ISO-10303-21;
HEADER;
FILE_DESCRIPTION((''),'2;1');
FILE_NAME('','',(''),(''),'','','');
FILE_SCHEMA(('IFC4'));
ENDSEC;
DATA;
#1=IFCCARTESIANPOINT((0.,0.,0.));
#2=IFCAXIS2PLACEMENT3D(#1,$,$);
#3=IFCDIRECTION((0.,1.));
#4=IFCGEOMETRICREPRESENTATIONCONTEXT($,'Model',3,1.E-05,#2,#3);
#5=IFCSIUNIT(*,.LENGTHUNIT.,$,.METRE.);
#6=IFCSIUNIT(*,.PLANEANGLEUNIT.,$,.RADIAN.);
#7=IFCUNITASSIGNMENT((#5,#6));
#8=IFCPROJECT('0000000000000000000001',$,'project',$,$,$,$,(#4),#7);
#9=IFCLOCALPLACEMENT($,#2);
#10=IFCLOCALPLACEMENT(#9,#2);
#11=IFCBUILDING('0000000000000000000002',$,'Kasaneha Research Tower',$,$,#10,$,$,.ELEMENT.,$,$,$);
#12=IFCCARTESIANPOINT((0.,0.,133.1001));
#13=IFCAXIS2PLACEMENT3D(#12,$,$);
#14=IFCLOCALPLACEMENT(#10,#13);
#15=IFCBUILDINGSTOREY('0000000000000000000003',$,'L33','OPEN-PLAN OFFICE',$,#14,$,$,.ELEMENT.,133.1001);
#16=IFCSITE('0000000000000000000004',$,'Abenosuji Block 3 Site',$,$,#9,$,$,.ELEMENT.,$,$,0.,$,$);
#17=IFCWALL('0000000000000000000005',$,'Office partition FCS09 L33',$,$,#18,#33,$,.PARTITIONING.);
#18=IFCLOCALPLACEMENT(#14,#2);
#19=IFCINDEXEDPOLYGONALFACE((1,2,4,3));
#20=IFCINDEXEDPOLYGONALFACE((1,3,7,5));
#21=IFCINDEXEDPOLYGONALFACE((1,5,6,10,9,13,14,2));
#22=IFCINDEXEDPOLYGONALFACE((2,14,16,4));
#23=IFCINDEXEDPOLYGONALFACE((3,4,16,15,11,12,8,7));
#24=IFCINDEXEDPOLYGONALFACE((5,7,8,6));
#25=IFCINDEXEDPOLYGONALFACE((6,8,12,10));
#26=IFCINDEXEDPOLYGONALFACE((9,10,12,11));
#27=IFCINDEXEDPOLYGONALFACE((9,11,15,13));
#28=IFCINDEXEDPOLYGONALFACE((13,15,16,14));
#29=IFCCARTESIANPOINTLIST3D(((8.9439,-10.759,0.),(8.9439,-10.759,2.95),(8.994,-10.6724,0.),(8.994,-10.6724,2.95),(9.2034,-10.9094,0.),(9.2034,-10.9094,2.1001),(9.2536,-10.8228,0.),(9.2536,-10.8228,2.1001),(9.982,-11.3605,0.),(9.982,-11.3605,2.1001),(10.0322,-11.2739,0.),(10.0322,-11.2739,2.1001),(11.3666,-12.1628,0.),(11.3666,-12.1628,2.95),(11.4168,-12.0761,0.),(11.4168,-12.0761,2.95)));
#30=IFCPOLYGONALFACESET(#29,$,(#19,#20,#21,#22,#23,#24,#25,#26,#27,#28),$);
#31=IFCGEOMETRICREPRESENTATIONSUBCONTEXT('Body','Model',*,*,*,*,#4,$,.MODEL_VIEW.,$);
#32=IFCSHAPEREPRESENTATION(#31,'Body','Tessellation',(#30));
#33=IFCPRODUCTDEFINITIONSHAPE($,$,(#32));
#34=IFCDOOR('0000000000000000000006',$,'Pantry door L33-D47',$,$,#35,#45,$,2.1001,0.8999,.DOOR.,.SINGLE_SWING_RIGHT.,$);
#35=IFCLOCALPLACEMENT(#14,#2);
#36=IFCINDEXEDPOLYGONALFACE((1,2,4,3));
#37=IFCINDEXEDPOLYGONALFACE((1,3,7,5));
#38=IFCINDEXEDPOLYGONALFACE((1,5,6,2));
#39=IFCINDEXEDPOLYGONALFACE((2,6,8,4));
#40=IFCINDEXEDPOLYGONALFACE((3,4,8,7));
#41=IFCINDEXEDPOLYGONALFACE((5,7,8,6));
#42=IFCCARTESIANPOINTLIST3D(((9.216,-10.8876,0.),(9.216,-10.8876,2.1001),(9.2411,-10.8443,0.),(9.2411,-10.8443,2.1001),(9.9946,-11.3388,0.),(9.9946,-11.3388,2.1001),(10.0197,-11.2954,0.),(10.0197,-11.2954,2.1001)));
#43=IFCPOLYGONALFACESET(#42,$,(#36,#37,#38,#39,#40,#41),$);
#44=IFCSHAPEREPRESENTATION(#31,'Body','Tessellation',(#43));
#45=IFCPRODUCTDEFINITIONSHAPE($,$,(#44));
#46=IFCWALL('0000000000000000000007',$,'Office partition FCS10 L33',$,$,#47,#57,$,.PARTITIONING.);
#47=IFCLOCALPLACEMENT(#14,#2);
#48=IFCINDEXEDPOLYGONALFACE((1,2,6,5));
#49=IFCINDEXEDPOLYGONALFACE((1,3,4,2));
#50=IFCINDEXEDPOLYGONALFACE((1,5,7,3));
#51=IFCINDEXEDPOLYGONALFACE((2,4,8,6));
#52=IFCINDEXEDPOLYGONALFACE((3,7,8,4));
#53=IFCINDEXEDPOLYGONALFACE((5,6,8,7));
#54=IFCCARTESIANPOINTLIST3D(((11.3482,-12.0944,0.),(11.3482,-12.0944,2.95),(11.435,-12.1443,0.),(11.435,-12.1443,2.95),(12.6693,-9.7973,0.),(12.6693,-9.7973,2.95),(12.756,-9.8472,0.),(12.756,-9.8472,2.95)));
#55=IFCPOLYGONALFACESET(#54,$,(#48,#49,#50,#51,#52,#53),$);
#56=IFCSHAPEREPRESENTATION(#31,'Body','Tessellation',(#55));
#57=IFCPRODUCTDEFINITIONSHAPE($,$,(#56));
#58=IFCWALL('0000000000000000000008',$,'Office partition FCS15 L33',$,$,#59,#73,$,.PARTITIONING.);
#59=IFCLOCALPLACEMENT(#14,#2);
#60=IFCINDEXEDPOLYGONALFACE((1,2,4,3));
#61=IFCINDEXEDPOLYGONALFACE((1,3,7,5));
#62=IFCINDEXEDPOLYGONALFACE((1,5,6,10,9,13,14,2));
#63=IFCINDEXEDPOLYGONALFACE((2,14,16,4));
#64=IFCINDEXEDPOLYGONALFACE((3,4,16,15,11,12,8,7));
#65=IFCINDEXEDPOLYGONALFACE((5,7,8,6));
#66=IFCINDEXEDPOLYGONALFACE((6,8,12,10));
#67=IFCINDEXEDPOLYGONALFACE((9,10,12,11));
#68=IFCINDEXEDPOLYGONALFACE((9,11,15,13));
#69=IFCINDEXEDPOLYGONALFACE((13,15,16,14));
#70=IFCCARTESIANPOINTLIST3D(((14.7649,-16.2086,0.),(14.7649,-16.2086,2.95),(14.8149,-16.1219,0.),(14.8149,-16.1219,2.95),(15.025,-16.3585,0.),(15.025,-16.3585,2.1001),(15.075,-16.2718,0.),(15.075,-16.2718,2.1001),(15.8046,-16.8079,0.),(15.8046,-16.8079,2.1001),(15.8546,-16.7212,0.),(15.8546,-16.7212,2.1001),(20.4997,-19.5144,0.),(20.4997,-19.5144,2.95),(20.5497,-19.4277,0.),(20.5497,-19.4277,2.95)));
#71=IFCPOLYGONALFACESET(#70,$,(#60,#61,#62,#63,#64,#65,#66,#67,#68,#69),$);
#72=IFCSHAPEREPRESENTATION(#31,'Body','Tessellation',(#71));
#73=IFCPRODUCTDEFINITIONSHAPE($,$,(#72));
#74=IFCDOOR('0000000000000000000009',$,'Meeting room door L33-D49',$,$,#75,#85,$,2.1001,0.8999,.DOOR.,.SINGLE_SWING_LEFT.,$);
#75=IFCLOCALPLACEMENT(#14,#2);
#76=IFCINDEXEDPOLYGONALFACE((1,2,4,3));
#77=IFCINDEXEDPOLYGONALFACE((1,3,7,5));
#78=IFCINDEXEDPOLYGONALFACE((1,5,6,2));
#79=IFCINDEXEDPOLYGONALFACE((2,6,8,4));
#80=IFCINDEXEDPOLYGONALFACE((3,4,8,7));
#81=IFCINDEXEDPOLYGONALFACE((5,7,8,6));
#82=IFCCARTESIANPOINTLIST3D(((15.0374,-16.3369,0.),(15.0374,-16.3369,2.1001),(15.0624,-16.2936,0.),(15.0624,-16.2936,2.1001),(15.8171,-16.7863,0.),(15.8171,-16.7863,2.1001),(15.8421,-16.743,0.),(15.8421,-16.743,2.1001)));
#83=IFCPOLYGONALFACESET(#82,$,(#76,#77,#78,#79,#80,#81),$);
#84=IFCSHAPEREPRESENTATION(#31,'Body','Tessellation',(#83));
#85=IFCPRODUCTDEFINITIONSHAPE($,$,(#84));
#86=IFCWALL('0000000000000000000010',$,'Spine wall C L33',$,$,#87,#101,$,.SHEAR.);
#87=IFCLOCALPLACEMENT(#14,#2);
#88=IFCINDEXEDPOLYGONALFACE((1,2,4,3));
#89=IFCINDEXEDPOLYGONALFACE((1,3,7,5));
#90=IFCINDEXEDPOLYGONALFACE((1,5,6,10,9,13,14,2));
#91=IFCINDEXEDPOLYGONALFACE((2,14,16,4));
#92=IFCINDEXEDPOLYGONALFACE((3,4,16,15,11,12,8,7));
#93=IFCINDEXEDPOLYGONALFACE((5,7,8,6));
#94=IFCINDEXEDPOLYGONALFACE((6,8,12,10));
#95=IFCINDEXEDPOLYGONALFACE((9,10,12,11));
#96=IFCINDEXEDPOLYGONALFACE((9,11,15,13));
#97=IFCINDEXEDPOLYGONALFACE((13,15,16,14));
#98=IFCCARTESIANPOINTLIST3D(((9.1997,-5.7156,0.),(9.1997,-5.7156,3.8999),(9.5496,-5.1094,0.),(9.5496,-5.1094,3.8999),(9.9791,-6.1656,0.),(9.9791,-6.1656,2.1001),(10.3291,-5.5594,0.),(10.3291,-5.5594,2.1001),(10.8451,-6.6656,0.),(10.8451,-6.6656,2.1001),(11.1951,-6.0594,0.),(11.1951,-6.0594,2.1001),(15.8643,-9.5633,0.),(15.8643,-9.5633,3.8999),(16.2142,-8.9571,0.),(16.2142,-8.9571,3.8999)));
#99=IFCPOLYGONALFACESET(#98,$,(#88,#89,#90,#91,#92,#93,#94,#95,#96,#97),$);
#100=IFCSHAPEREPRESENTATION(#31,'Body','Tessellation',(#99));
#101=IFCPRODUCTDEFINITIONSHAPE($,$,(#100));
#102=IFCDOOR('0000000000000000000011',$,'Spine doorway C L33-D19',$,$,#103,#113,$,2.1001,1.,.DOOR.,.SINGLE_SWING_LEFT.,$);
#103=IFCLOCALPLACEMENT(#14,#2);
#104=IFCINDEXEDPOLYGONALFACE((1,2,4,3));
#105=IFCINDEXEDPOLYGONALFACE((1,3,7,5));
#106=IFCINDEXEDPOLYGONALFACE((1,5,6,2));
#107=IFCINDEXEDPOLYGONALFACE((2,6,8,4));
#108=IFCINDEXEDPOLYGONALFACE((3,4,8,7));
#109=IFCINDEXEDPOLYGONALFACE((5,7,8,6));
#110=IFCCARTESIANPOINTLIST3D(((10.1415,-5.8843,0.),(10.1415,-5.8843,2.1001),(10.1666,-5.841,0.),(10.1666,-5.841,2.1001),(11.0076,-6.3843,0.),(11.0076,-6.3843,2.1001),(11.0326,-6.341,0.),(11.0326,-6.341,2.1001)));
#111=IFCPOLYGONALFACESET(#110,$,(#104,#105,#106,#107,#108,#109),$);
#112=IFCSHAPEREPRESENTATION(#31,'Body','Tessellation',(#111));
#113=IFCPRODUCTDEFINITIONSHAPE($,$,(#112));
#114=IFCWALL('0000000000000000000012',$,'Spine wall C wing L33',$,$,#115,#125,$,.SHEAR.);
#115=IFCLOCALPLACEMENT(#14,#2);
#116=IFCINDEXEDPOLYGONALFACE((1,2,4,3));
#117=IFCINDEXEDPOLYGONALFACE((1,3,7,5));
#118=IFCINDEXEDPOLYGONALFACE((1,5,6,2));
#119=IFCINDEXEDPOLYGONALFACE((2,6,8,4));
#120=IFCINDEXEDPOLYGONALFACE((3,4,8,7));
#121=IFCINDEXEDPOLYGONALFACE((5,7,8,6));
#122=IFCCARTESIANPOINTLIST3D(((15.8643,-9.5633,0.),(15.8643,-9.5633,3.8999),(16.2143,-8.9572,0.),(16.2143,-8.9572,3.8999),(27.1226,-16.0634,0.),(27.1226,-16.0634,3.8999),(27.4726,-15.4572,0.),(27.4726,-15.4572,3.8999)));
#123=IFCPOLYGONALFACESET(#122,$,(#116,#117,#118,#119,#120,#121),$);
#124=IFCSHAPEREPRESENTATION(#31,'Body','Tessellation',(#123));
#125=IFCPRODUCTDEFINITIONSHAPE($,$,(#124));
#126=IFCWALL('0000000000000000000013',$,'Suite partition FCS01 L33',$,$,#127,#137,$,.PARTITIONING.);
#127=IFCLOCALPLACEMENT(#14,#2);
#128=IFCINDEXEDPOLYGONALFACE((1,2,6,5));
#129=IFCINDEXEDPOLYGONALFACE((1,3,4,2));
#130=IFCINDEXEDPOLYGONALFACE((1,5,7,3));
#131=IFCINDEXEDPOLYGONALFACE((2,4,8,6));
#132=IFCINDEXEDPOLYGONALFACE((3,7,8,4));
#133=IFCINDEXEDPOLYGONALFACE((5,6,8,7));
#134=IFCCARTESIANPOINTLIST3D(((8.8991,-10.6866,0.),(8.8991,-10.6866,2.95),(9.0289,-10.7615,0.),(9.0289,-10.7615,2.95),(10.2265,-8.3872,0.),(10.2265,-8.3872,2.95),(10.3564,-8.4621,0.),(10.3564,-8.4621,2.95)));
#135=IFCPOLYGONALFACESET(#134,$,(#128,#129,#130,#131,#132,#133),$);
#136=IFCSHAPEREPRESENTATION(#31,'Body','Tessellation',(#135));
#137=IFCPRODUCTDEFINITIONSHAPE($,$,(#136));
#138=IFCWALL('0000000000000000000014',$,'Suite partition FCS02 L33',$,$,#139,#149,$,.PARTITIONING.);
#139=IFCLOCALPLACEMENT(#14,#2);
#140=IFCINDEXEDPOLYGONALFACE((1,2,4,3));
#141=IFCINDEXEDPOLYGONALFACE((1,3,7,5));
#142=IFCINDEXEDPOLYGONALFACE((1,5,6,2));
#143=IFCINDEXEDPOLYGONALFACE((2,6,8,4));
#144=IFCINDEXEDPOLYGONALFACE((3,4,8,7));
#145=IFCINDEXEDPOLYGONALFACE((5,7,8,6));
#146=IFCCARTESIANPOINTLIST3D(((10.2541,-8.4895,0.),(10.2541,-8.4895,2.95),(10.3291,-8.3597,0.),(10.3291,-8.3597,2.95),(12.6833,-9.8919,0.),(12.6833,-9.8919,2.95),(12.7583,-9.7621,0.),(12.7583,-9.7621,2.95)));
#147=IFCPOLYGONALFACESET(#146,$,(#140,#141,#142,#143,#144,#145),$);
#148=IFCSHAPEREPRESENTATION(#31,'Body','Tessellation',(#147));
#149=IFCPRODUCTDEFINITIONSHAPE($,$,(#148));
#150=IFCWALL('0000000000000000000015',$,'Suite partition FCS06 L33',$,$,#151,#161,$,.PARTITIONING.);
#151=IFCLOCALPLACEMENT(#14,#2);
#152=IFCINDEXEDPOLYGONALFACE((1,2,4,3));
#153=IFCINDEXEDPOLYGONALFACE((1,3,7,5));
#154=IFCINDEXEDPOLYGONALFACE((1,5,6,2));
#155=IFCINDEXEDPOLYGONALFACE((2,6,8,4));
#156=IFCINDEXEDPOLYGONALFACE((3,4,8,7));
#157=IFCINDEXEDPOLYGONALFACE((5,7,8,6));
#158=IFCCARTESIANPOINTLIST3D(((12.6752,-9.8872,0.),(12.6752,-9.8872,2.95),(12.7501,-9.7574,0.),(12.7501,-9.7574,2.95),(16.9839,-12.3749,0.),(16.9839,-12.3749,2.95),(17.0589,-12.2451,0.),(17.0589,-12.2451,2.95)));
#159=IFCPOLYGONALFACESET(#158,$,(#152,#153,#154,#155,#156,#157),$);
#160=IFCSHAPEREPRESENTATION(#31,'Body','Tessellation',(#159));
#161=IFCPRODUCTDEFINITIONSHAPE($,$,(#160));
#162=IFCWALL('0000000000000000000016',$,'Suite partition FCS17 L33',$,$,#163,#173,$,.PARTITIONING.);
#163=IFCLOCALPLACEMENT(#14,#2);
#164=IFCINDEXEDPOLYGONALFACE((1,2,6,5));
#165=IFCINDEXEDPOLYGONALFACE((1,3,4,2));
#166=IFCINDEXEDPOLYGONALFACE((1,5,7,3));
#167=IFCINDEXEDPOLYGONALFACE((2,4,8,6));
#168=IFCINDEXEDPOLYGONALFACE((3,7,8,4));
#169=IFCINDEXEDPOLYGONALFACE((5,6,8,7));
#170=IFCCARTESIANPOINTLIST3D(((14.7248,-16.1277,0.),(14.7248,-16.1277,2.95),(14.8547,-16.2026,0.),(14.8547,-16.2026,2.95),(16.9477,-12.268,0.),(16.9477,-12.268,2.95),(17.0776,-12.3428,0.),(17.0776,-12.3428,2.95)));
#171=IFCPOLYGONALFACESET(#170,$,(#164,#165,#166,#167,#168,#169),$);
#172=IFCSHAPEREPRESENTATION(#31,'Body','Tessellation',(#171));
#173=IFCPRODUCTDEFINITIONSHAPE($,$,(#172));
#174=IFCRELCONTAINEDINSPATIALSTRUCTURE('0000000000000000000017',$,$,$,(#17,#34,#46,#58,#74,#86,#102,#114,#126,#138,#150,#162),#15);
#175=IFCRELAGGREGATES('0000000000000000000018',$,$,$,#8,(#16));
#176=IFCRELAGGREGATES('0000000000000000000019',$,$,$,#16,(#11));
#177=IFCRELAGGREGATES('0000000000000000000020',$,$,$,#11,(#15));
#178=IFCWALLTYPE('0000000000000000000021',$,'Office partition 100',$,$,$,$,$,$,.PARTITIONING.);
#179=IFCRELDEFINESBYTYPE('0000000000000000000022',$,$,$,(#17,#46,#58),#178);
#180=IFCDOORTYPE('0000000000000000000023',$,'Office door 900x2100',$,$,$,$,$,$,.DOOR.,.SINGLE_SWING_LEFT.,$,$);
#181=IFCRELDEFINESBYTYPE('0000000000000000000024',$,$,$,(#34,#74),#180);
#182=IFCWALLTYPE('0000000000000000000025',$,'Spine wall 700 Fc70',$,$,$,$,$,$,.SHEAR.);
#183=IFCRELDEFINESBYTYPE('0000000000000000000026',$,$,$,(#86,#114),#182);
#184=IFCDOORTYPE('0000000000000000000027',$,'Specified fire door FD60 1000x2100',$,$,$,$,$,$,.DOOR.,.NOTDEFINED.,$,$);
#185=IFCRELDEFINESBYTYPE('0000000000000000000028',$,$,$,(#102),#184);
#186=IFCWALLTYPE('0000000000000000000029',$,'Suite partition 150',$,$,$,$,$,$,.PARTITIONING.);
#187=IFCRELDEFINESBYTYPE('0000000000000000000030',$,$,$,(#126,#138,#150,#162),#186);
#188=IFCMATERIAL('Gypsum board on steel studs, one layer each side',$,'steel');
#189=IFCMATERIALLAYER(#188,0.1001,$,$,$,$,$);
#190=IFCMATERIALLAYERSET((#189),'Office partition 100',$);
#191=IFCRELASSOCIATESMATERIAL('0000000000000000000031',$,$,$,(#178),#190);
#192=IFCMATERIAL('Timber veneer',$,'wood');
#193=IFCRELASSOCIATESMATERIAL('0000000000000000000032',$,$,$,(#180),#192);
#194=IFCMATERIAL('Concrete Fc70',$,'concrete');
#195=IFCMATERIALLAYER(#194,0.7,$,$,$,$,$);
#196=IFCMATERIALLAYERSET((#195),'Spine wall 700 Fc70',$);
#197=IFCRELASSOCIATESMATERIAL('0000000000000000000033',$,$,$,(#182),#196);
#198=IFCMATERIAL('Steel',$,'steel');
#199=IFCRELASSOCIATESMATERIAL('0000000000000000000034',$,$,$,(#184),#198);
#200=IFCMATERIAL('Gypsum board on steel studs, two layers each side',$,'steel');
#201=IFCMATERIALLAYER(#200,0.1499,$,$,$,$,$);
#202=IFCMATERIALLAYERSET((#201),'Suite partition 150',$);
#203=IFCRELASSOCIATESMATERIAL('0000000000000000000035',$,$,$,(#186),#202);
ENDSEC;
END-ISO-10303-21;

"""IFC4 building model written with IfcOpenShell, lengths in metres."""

from ifc_helpers import new_model, si_unit, direction, frame, frame_2d, origin, place, context, subcontext, project, spatial, rectangle, extrude, material, layer, layer_set, type_object, element, fill, save


model = new_model("IFC4")

# Units and contexts
model_context = context("Model", 3, precision=1e-05, world=origin(), true_north=direction((0.0, 1.0)))
body_context = subcontext(model_context, "Body", "Model", "MODEL_VIEW")
ifc_project = project(units=[si_unit("LENGTHUNIT", "METRE"), si_unit("PLANEANGLEUNIT", "RADIAN")], contexts=[model_context])

# Site, building, storey
site_placement = place(None, origin())
site = spatial("IfcSite", under=ifc_project, at=site_placement, Name="Abenosuji Block 3 Site", CompositionType="ELEMENT", RefElevation=0.0)
building_placement = place(site_placement, origin())
building = spatial("IfcBuilding", under=site, at=building_placement, Name="Kasaneha Research Tower", CompositionType="ELEMENT")
storey_placement = place(building_placement, frame((0.0, 0.0, 133.1001)))
storey = spatial("IfcBuildingStorey", under=building, at=storey_placement, Name="L33", Description="OPEN-PLAN OFFICE", CompositionType="ELEMENT", Elevation=133.1001)

# Wall, opening, door
ifc_material_1 = material(Name="Gypsum board on steel studs, one layer each side", Category="steel")
ifc_layer_1 = layer(ifc_material_1, 0.1001)
ifc_layer_set_1 = layer_set([ifc_layer_1], Name="Office partition 100")
wall_type_1 = type_object("IfcWallType", Name="Office partition 100", PredefinedType="PARTITIONING", material=ifc_layer_set_1)
wall_1_placement = place(storey_placement, frame((11.3916, -12.1194, 0.0), z_axis=(0.0, 0.0, 1.0), x_axis=(-0.865255, 0.501332, 0.0)))
wall_1 = element("IfcWall", 1, at=wall_1_placement, inside=storey, type_object=wall_type_1, Name="Office partition FCS09 L33", PredefinedType="PARTITIONING", context=body_context, shape_type="SweptSolid", body=[
    extrude(rectangle(XDim=2.8, YDim=0.1001, at=frame_2d((1.3999, 0.0))), origin(), (0.0, 0.0, 1.0), 2.95),
])
opening_1_placement = place(wall_1_placement, frame((1.6001, 0.0, 0.0)))
opening_1 = element("IfcOpeningElement", 2, at=opening_1_placement, cuts=wall_1, PredefinedType="OPENING", context=body_context, shape_type="SweptSolid", body=[
    extrude(rectangle(XDim=0.8999, YDim=2.1001, at=frame_2d((0.45, 1.05))), frame((0.0, 0.0601, 0.0), z_axis=(0.0, -1.0, 0.0), x_axis=(1.0, 0.0, 0.0)), (0.0, 0.0, 1.0), 0.1201),
])
ifc_material_2 = material(Name="Timber veneer", Category="wood")
door_type_1 = type_object("IfcDoorType", Name="Office door 900x2100", OperationType="SINGLE_SWING_LEFT", PredefinedType="DOOR", material=ifc_material_2)
door_1_placement = place(opening_1_placement, origin())
door_1 = element("IfcDoor", 3, at=door_1_placement, inside=storey, type_object=door_type_1, Name="Pantry door L33-D47", OperationType="SINGLE_SWING_RIGHT", OverallHeight=2.1001, OverallWidth=0.8999, PredefinedType="DOOR", context=body_context, shape_type="SweptSolid", body=[
    extrude(rectangle(XDim=0.8999, YDim=2.1001, at=frame_2d((0.45, 1.05))), frame((0.0, 0.0249, 0.0), z_axis=(0.0, -1.0, 0.0), x_axis=(1.0, 0.0, 0.0)), (0.0, 0.0, 1.0), 0.05),
])
fill(opening_1, door_1)

# Wall
wall_2_placement = place(storey_placement, frame((12.7126, -9.8223, 0.0), z_axis=(0.0, 0.0, 1.0), x_axis=(-0.498528, -0.866873, 0.0)))
element("IfcWall", 4, at=wall_2_placement, inside=storey, type_object=wall_type_1, Name="Office partition FCS10 L33", PredefinedType="PARTITIONING", context=body_context, shape_type="SweptSolid", body=[
    extrude(rectangle(XDim=2.6499, YDim=0.1001, at=frame_2d((1.325, 0.0))), origin(), (0.0, 0.0, 1.0), 2.95),
])

# Walls, openings, doors
wall_3_placement = place(storey_placement, frame((14.79, -16.1653, 0.0), z_axis=(0.0, 0.0, 1.0), x_axis=(0.86636, -0.49942, 0.0)))
wall_3 = element("IfcWall", 5, at=wall_3_placement, inside=storey, type_object=wall_type_1, Name="Office partition FCS15 L33", PredefinedType="PARTITIONING", context=body_context, shape_type="SweptSolid", body=[
    extrude(rectangle(XDim=6.6194, YDim=0.1001, at=frame_2d((3.3096, 0.0))), origin(), (0.0, 0.0, 1.0), 2.95),
])
opening_2_placement = place(wall_3_placement, frame((0.3, 0.0, 0.0)))
opening_2 = element("IfcOpeningElement", 6, at=opening_2_placement, cuts=wall_3, PredefinedType="OPENING", context=body_context, shape_type="SweptSolid", body=[
    extrude(rectangle(XDim=0.8999, YDim=2.1001, at=frame_2d((0.45, 1.05))), frame((0.0, 0.0601, 0.0), z_axis=(0.0, -1.0, 0.0), x_axis=(1.0, 0.0, 0.0)), (0.0, 0.0, 1.0), 0.1201),
])
door_2_placement = place(opening_2_placement, origin())
door_2 = element("IfcDoor", 7, at=door_2_placement, inside=storey, type_object=door_type_1, Name="Meeting room door L33-D49", OperationType="SINGLE_SWING_LEFT", OverallHeight=2.1001, OverallWidth=0.8999, PredefinedType="DOOR", context=body_context, shape_type="SweptSolid", body=[
    extrude(rectangle(XDim=0.8999, YDim=2.1001, at=frame_2d((0.45, 1.05))), frame((0.0, 0.0249, 0.0), z_axis=(0.0, -1.0, 0.0), x_axis=(1.0, 0.0, 0.0)), (0.0, 0.0, 1.0), 0.05),
])
fill(opening_2, door_2)
ifc_material_3 = material(Name="Concrete Fc70", Category="concrete")
ifc_layer_2 = layer(ifc_material_3, 0.7)
ifc_layer_set_2 = layer_set([ifc_layer_2], Name="Spine wall 700 Fc70")
wall_type_2 = type_object("IfcWallType", Name="Spine wall 700 Fc70", PredefinedType="SHEAR", material=ifc_layer_set_2)
wall_4_placement = place(storey_placement, frame((9.3748, -5.4126, 0.0), z_axis=(0.0, 0.0, 1.0), x_axis=(0.866032, -0.499988, 0.0)))
wall_4 = element("IfcWall", 8, at=wall_4_placement, inside=storey, type_object=wall_type_2, Name="Spine wall C L33", PredefinedType="SHEAR", context=body_context, shape_type="SweptSolid", body=[
    extrude(rectangle(XDim=7.6956, YDim=0.7, at=frame_2d((3.8477, 0.0))), origin(), (0.0, 0.0, 1.0), 3.8999),
])
opening_3_placement = place(wall_4_placement, frame((0.8999, 0.0, 0.0)))
opening_3 = element("IfcOpeningElement", 9, at=opening_3_placement, cuts=wall_4, PredefinedType="OPENING", context=body_context, shape_type="SweptSolid", body=[
    extrude(rectangle(XDim=1.0, YDim=2.1001, at=frame_2d((0.5, 1.05))), frame((0.0, 0.3599, 0.0), z_axis=(0.0, -1.0, 0.0), x_axis=(1.0, 0.0, 0.0)), (0.0, 0.0, 1.0), 0.72),
])
ifc_material_4 = material(Name="Steel", Category="steel")
door_type_2 = type_object("IfcDoorType", Name="Specified fire door FD60 1000x2100", OperationType="NOTDEFINED", PredefinedType="DOOR", material=ifc_material_4)
door_3_placement = place(opening_3_placement, origin())
door_3 = element("IfcDoor", 10, at=door_3_placement, inside=storey, type_object=door_type_2, Name="Spine doorway C L33-D19", OperationType="SINGLE_SWING_LEFT", OverallHeight=2.1001, OverallWidth=1.0, PredefinedType="DOOR", context=body_context, shape_type="SweptSolid", body=[
    extrude(rectangle(XDim=1.0, YDim=2.1001, at=frame_2d((0.5, 1.05))), frame((0.0, 0.0249, 0.0), z_axis=(0.0, -1.0, 0.0), x_axis=(1.0, 0.0, 0.0)), (0.0, 0.0, 1.0), 0.05),
])
fill(opening_3, door_3)

# Walls
wall_5_placement = place(storey_placement, frame((16.0393, -9.2603, 0.0), z_axis=(0.0, 0.0, 1.0), x_axis=(0.866025, -0.500001, 0.0)))
element("IfcWall", 11, at=wall_5_placement, inside=storey, type_object=wall_type_2, Name="Spine wall C wing L33", PredefinedType="SHEAR", context=body_context, shape_type="SweptSolid", body=[
    extrude(rectangle(XDim=13.0, YDim=0.7, at=frame_2d((6.5, 0.0))), origin(), (0.0, 0.0, 1.0), 3.8999),
])
ifc_material_5 = material(Name="Gypsum board on steel studs, two layers each side", Category="steel")
ifc_layer_3 = layer(ifc_material_5, 0.1499)
ifc_layer_set_3 = layer_set([ifc_layer_3], Name="Suite partition 150")
wall_type_3 = type_object("IfcWallType", Name="Suite partition 150", PredefinedType="PARTITIONING", material=ifc_layer_set_3)
wall_6_placement = place(storey_placement, frame((10.2915, -8.4246, 0.0), z_axis=(0.0, 0.0, 1.0), x_axis=(-0.499967, -0.866045, 0.0)))
element("IfcWall", 12, at=wall_6_placement, inside=storey, type_object=wall_type_3, Name="Suite partition FCS01 L33", PredefinedType="PARTITIONING", context=body_context, shape_type="SweptSolid", body=[
    extrude(rectangle(XDim=2.655, YDim=0.1499, at=frame_2d((1.3276, 0.0))), origin(), (0.0, 0.0, 1.0), 2.95),
])
wall_7_placement = place(storey_placement, frame((12.7207, -9.8269, 0.0), z_axis=(0.0, 0.0, 1.0), x_axis=(-0.866049, 0.499959, 0.0)))
element("IfcWall", 13, at=wall_7_placement, inside=storey, type_object=wall_type_3, Name="Suite partition FCS02 L33", PredefinedType="PARTITIONING", context=body_context, shape_type="SweptSolid", body=[
    extrude(rectangle(XDim=2.8049, YDim=0.1499, at=frame_2d((1.4023, 0.0))), origin(), (0.0, 0.0, 1.0), 2.95),
])
wall_8_placement = place(storey_placement, frame((17.0215, -12.3101, 0.0), z_axis=(0.0, 0.0, 1.0), x_axis=(-0.866018, 0.500013, 0.0)))
element("IfcWall", 14, at=wall_8_placement, inside=storey, type_object=wall_type_3, Name="Suite partition FCS06 L33", PredefinedType="PARTITIONING", context=body_context, shape_type="SweptSolid", body=[
    extrude(rectangle(XDim=4.9753, YDim=0.1499, at=frame_2d((2.4878, 0.0))), origin(), (0.0, 0.0, 1.0), 2.95),
])
wall_9_placement = place(storey_placement, frame((17.0127, -12.3054, 0.0), z_axis=(0.0, 0.0, 1.0), x_axis=(-0.499082, -0.866555, 0.0)))
element("IfcWall", 15, at=wall_9_placement, inside=storey, type_object=wall_type_3, Name="Suite partition FCS17 L33", PredefinedType="PARTITIONING", context=body_context, shape_type="SweptSolid", body=[
    extrude(rectangle(XDim=4.4541, YDim=0.1499, at=frame_2d((2.2271, 0.0))), origin(), (0.0, 0.0, 1.0), 2.95),
])

save(model, "model.ifc")
